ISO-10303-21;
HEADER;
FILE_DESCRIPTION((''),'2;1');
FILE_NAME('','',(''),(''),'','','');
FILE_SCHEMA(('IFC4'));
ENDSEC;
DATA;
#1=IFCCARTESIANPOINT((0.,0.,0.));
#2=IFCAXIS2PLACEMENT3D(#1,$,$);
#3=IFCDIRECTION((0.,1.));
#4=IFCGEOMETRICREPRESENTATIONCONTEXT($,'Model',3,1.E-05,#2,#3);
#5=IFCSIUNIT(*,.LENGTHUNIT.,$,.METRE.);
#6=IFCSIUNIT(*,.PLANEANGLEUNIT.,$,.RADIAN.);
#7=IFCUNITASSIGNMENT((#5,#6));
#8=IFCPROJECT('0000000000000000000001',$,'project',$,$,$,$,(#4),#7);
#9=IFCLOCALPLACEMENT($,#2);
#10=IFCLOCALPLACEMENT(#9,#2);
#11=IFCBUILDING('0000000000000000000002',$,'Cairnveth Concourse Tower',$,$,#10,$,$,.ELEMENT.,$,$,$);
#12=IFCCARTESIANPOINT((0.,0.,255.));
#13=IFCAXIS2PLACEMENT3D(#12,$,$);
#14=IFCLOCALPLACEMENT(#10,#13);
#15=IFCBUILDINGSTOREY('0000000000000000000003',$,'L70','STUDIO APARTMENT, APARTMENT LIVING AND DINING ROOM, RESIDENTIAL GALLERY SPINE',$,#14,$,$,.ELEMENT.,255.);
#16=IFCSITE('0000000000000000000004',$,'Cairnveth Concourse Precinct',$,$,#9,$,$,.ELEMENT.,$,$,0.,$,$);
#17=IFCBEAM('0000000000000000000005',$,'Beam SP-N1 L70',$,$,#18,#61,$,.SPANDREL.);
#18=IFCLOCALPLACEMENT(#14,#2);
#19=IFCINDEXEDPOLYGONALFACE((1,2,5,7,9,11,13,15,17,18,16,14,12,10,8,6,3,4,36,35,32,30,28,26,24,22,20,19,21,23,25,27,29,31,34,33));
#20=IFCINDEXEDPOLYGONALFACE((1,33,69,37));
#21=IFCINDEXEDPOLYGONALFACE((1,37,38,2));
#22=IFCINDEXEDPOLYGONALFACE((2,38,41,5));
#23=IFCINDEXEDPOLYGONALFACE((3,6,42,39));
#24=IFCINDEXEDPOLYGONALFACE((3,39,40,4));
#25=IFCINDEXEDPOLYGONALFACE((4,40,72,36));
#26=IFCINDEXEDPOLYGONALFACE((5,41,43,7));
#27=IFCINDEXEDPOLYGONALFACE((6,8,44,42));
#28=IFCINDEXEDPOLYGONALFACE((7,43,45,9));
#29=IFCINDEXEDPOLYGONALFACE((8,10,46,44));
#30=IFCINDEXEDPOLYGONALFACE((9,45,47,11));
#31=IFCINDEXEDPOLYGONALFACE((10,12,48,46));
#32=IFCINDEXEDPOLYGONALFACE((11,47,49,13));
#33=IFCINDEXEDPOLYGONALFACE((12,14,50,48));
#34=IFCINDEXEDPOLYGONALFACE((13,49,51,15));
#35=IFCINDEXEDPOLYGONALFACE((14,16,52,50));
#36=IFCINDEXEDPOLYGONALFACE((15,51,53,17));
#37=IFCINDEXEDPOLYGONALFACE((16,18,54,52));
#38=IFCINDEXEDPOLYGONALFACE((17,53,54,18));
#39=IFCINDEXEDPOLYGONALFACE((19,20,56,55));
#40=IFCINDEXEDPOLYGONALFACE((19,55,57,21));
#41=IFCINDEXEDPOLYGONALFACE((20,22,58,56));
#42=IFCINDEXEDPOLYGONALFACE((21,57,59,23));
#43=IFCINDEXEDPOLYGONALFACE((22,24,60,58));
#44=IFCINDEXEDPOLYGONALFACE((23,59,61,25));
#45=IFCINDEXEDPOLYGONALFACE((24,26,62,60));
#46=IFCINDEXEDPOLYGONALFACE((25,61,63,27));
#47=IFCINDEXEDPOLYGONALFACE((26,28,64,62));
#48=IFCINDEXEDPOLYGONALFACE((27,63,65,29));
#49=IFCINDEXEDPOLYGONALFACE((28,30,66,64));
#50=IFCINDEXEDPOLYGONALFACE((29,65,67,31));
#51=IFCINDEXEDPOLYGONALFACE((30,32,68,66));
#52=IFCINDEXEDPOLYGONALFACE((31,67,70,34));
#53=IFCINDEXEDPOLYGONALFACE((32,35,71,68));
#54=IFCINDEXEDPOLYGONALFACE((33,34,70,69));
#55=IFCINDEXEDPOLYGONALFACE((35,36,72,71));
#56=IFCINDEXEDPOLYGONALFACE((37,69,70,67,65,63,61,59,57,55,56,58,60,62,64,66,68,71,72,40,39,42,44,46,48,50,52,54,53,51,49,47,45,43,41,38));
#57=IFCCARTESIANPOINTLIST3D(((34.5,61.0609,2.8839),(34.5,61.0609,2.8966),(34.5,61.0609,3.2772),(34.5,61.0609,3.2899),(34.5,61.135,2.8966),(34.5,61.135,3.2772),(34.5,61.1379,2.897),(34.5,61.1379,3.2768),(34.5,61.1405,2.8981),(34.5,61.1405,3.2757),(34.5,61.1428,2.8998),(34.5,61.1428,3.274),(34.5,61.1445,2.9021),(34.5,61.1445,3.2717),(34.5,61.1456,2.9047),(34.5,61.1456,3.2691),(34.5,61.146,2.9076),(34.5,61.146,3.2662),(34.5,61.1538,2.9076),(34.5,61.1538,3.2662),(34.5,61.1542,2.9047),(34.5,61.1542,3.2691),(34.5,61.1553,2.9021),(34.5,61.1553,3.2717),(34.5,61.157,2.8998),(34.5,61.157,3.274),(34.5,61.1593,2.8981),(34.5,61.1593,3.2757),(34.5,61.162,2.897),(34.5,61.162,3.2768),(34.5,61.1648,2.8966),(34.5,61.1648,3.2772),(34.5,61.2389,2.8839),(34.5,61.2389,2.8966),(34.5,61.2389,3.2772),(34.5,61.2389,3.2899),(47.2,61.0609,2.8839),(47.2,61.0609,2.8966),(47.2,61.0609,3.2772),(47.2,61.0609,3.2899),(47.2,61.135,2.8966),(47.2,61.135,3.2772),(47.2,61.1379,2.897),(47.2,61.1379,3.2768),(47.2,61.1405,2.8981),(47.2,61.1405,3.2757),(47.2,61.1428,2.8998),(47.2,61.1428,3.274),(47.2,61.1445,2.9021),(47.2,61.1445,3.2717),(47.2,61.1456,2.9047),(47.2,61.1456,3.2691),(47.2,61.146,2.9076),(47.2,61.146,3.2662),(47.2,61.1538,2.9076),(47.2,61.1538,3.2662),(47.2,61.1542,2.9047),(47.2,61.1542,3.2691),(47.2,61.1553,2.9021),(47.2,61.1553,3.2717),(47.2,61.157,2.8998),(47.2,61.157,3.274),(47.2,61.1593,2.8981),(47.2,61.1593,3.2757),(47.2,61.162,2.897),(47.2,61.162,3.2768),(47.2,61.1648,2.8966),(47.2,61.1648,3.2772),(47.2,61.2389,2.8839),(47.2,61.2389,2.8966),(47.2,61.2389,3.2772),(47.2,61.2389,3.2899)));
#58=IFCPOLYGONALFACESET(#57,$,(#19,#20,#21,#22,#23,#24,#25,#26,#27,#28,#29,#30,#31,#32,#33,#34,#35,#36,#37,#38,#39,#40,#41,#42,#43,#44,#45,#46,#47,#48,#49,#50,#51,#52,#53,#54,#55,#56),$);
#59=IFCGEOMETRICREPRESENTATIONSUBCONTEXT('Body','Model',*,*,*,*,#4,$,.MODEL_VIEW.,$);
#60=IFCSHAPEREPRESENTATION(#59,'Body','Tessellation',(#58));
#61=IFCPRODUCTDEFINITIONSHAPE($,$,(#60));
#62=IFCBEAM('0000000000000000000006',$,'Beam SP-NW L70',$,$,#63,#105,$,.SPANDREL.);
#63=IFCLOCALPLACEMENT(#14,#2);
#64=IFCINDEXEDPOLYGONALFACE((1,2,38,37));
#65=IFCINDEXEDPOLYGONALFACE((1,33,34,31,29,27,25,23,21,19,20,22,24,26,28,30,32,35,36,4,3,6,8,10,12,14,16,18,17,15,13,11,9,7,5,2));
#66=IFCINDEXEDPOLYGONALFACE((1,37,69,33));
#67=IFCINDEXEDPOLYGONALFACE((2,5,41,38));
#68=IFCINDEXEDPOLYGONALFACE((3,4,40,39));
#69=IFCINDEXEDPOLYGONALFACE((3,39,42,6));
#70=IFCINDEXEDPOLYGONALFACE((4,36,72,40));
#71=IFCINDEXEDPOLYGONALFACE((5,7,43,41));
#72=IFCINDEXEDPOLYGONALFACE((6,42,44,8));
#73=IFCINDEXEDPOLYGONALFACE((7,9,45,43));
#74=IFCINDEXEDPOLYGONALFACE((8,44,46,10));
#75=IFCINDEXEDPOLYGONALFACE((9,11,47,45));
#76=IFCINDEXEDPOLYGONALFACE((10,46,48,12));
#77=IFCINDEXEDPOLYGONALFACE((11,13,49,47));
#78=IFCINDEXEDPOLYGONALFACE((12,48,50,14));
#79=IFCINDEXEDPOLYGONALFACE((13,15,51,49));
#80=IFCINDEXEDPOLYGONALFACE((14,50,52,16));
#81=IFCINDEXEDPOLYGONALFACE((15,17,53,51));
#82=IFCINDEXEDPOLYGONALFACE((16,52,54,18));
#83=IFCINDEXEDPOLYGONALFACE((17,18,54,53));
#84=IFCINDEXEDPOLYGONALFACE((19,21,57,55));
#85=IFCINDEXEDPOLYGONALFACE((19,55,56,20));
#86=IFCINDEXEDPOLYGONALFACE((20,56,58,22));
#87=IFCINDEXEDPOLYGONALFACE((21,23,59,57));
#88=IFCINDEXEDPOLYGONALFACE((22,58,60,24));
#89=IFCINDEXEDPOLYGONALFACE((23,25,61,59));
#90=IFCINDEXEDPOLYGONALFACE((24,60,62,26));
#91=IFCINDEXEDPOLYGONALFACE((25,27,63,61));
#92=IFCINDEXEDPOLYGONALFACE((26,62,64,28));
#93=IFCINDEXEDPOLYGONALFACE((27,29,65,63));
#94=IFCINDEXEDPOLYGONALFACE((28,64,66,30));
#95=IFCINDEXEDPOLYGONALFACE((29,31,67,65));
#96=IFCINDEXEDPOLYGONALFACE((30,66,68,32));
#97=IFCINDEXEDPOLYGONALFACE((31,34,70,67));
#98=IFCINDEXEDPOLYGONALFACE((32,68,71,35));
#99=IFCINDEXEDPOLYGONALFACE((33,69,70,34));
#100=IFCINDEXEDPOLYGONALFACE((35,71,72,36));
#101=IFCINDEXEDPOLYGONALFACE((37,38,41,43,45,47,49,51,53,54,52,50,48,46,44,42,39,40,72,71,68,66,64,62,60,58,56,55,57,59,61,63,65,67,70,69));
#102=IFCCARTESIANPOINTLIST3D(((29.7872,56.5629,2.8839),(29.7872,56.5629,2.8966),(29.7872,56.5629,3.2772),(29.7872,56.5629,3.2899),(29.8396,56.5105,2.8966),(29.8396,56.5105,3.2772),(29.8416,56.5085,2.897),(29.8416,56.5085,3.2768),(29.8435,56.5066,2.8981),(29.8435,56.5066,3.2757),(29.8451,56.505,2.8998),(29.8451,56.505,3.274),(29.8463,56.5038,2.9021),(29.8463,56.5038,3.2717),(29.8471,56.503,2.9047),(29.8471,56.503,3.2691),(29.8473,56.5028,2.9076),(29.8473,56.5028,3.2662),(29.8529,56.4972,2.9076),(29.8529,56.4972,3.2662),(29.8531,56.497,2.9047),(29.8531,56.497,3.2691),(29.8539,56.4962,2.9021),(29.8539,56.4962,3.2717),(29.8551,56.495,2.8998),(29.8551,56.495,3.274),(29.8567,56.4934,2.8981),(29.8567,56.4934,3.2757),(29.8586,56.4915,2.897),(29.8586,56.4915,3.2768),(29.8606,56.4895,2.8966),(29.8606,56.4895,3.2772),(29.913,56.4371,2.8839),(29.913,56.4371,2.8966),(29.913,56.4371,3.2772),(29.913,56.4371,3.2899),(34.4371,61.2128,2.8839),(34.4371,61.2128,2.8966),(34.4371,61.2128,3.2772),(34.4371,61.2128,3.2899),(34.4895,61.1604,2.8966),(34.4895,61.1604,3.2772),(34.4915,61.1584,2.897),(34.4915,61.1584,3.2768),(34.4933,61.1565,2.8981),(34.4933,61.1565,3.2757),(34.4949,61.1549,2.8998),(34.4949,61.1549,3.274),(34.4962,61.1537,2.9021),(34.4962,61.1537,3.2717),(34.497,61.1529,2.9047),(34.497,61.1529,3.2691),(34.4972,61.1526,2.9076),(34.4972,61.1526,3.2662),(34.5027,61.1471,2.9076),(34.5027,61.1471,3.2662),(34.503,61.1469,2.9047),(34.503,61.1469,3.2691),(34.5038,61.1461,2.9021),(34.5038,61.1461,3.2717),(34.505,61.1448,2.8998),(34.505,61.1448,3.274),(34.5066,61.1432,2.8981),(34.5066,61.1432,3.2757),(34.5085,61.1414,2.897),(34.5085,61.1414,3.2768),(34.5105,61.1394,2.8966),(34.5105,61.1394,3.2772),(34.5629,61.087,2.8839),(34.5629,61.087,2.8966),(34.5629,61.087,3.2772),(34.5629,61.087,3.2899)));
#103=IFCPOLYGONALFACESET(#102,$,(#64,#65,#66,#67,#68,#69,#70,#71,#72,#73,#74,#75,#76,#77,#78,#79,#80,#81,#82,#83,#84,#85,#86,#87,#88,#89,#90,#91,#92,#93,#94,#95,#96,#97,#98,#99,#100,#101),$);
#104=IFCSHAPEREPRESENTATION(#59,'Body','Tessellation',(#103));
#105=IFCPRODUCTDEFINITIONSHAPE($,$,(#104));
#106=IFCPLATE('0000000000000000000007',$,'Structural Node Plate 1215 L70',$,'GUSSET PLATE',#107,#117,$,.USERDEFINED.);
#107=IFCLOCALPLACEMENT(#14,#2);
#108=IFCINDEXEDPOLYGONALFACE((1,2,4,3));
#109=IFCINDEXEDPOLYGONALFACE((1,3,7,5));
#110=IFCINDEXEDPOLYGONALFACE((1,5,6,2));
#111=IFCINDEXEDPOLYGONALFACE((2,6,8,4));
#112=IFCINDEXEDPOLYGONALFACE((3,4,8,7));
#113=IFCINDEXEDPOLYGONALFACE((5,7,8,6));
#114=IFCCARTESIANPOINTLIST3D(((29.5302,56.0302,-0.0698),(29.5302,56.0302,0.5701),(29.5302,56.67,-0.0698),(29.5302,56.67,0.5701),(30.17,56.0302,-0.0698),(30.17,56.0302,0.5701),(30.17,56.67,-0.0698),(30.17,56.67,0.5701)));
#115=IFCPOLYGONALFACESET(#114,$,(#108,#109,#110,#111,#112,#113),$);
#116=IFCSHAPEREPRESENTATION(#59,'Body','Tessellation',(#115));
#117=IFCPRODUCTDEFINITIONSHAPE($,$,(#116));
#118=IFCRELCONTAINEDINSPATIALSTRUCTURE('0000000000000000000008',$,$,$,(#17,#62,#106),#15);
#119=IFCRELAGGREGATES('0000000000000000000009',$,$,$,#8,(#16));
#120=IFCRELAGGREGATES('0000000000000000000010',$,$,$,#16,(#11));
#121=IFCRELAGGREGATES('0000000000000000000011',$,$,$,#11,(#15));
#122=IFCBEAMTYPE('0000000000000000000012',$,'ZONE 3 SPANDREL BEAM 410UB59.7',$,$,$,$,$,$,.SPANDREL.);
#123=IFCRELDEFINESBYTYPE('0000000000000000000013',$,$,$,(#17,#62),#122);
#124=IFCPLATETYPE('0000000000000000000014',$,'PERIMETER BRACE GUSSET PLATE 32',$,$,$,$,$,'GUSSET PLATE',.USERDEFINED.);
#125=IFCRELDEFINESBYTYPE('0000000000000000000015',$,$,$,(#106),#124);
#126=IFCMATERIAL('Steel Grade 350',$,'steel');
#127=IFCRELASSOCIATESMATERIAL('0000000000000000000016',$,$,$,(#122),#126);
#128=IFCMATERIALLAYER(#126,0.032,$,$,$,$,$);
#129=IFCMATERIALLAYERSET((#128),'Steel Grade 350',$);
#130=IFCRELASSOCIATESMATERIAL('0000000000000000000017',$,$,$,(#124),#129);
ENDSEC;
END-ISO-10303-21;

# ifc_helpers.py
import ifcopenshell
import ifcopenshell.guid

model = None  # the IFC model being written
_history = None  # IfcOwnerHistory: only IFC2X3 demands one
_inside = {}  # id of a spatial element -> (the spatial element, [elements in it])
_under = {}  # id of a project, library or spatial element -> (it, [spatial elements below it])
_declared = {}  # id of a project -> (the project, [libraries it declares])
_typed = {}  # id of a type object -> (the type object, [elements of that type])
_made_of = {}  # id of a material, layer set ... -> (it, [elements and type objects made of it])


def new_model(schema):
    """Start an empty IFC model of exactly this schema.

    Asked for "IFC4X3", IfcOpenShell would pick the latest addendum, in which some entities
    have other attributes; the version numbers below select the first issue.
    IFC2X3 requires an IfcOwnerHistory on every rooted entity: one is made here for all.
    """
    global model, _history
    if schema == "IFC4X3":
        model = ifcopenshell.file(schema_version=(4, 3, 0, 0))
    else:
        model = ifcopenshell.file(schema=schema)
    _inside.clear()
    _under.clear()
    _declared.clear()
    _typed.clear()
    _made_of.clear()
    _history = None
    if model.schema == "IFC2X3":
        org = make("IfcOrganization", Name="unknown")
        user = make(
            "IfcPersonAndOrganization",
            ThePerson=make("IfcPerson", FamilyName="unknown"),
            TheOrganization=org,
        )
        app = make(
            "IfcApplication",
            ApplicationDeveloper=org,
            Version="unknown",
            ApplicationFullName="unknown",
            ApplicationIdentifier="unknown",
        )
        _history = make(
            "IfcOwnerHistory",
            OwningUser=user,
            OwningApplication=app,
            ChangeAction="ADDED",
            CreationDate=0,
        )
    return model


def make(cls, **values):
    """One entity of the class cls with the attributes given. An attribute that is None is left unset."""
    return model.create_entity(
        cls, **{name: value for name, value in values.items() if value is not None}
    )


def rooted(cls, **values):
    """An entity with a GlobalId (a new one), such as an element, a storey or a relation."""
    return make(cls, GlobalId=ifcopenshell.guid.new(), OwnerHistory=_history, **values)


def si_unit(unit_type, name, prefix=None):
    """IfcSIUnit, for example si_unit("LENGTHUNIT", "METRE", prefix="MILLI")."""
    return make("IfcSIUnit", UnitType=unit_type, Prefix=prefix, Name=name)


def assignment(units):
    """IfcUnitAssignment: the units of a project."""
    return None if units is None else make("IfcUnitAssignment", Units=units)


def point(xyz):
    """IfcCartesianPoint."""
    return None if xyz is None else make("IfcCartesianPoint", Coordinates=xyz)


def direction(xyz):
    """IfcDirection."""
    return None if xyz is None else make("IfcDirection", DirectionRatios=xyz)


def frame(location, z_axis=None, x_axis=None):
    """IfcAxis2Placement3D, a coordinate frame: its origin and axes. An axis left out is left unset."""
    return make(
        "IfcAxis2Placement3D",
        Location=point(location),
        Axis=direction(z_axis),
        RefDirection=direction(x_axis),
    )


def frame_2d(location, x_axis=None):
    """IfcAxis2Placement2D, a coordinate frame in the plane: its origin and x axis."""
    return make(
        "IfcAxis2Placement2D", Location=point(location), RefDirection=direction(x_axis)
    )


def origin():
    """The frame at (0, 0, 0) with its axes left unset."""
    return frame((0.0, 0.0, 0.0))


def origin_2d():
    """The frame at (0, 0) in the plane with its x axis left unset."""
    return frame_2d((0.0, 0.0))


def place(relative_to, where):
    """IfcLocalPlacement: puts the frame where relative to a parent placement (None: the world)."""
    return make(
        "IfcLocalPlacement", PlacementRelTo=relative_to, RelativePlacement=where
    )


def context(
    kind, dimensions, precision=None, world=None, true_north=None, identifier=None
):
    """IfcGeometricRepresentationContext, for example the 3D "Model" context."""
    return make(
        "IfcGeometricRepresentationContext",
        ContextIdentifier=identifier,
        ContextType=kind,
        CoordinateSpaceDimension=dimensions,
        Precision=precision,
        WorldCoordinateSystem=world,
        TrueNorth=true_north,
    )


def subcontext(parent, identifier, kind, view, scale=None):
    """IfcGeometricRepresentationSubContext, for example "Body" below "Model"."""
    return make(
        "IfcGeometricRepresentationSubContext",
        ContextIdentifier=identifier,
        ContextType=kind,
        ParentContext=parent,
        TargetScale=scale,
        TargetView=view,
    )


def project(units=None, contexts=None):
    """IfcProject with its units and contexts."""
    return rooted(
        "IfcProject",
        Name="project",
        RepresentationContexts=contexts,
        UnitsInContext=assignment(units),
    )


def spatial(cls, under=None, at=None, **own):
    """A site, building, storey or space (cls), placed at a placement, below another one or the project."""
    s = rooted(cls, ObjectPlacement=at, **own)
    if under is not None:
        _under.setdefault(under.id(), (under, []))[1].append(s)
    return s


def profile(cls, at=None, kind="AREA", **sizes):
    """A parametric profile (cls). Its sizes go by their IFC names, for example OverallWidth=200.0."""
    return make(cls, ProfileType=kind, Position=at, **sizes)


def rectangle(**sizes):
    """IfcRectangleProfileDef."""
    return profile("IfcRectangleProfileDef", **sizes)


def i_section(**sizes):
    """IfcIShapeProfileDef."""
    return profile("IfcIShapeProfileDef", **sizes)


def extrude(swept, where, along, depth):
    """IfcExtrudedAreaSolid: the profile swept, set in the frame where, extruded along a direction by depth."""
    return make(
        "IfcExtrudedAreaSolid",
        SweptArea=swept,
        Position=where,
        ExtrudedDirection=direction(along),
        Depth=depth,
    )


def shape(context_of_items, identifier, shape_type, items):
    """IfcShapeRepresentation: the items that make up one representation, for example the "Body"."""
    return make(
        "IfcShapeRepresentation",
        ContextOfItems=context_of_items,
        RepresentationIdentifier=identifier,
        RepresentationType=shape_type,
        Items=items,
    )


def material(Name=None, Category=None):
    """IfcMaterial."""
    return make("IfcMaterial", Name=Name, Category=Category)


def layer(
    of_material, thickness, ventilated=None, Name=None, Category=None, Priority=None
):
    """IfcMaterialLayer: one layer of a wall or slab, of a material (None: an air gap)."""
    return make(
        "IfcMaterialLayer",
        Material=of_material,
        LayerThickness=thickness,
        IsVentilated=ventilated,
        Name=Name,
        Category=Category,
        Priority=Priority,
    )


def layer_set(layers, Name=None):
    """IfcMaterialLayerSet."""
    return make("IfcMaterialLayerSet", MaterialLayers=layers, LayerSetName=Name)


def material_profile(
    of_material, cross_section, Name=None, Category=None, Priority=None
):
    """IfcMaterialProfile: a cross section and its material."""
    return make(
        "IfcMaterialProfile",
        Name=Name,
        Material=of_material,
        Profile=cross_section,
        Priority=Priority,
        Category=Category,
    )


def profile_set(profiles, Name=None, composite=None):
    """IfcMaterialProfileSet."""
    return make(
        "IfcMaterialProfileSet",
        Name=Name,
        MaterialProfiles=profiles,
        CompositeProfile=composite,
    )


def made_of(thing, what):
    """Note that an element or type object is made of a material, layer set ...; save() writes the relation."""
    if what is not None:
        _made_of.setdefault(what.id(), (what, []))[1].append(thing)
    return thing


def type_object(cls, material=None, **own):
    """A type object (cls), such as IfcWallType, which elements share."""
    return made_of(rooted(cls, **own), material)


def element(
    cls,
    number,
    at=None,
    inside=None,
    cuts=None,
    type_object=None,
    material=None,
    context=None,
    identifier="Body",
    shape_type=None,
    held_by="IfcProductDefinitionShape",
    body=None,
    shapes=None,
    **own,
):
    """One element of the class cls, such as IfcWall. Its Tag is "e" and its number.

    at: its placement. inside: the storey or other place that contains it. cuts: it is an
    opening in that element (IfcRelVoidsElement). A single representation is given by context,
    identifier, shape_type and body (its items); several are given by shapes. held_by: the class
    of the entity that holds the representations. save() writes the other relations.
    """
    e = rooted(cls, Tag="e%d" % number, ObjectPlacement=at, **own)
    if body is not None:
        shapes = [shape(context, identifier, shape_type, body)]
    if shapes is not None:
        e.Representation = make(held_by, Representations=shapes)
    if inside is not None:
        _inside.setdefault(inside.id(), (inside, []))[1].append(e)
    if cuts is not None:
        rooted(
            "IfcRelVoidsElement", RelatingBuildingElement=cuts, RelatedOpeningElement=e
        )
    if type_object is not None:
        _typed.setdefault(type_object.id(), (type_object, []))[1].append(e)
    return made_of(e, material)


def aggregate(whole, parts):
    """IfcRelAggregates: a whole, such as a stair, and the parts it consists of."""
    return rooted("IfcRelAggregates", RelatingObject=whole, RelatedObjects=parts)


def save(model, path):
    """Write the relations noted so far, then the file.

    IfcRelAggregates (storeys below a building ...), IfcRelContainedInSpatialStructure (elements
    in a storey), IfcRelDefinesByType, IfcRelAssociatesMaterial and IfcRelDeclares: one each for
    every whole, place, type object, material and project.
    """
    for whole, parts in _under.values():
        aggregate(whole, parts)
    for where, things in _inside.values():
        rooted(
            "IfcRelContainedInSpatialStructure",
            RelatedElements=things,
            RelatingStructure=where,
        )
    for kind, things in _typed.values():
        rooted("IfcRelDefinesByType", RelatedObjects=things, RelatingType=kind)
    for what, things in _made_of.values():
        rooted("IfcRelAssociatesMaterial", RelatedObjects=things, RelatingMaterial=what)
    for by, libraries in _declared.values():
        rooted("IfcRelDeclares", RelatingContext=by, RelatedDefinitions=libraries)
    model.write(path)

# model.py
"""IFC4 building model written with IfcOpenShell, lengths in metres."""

from ifc_helpers import new_model, si_unit, direction, frame, origin, origin_2d, place, context, subcontext, project, spatial, rectangle, i_section, extrude, material, layer, layer_set, material_profile, profile_set, type_object, element, save


model = new_model("IFC4")

# Units and contexts
model_context = context("Model", 3, precision=1e-05, world=origin(), true_north=direction((0.0, 1.0)))
body_context = subcontext(model_context, "Body", "Model", "MODEL_VIEW")
ifc_project = project(units=[si_unit("LENGTHUNIT", "METRE"), si_unit("PLANEANGLEUNIT", "RADIAN")], contexts=[model_context])

# Site, building, storey
site_placement = place(None, origin())
site = spatial("IfcSite", under=ifc_project, at=site_placement, Name="Cairnveth Concourse Precinct", CompositionType="ELEMENT", RefElevation=0.0)
building_placement = place(site_placement, origin())
building = spatial("IfcBuilding", under=site, at=building_placement, Name="Cairnveth Concourse Tower", CompositionType="ELEMENT")
storey_placement = place(building_placement, frame((0.0, 0.0, 255.0)))
storey = spatial("IfcBuildingStorey", under=building, at=storey_placement, Name="L70", Description="STUDIO APARTMENT, APARTMENT LIVING AND DINING ROOM, RESIDENTIAL GALLERY SPINE", CompositionType="ELEMENT", Elevation=255.0)

# Shared definitions
ifc_material_1 = material(Name="Steel Grade 350", Category="steel")

# Beams
ifc_material_profile_1 = material_profile(ifc_material_1, i_section(OverallWidth=0.178, OverallDepth=0.406, WebThickness=0.0078, FlangeThickness=0.0127, FilletRadius=0.011, at=origin_2d()), Name="410UB59.7")
ifc_profile_set_1 = profile_set([ifc_material_profile_1], Name="Steel Grade 350")
beam_type_1 = type_object("IfcBeamType", Name="ZONE 3 SPANDREL BEAM 410UB59.7", PredefinedType="SPANDREL", material=ifc_profile_set_1)
beam_1_placement = place(storey_placement, frame((34.5, 61.1499, 3.0869), z_axis=(1.0, 0.0, 0.0), x_axis=(0.0, 1.0, 0.0)))
element("IfcBeam", 1, at=beam_1_placement, inside=storey, type_object=beam_type_1, Name="Beam SP-N1 L70", PredefinedType="SPANDREL", context=body_context, shape_type="SweptSolid", body=[
    extrude(i_section(OverallWidth=0.178, OverallDepth=0.406, WebThickness=0.0078, FlangeThickness=0.0127, FilletRadius=0.011, at=origin_2d()), origin(), (0.0, 0.0, 1.0), 12.7),
])
beam_2_placement = place(storey_placement, frame((29.8501, 56.5, 3.0869), z_axis=(0.707107, 0.707107, 0.0), x_axis=(-0.707107, 0.707107, 0.0)))
element("IfcBeam", 2, at=beam_2_placement, inside=storey, type_object=beam_type_1, Name="Beam SP-NW L70", PredefinedType="SPANDREL", context=body_context, shape_type="SweptSolid", body=[
    extrude(i_section(OverallWidth=0.178, OverallDepth=0.406, WebThickness=0.0078, FlangeThickness=0.0127, FilletRadius=0.011, at=origin_2d()), origin(), (0.0, 0.0, 1.0), 6.5759),
])

# Plate
ifc_layer_1 = layer(ifc_material_1, 0.032)
ifc_layer_set_1 = layer_set([ifc_layer_1], Name="Steel Grade 350")
plate_type = type_object("IfcPlateType", Name="PERIMETER BRACE GUSSET PLATE 32", ElementType="GUSSET PLATE", PredefinedType="USERDEFINED", material=ifc_layer_set_1)
plate_placement = place(storey_placement, frame((29.8501, 56.3501, -0.0698), z_axis=(0.0, 0.0, 1.0), x_axis=(1.0, 0.0, 0.0)))
element("IfcPlate", 3, at=plate_placement, inside=storey, type_object=plate_type, Name="Structural Node Plate 1215 L70", ObjectType="GUSSET PLATE", PredefinedType="USERDEFINED", context=body_context, shape_type="SweptSolid", body=[
    extrude(rectangle(XDim=0.6399, YDim=0.6399, at=origin_2d()), origin(), (0.0, 0.0, 1.0), 0.6399),
])

save(model, "model.ifc")
